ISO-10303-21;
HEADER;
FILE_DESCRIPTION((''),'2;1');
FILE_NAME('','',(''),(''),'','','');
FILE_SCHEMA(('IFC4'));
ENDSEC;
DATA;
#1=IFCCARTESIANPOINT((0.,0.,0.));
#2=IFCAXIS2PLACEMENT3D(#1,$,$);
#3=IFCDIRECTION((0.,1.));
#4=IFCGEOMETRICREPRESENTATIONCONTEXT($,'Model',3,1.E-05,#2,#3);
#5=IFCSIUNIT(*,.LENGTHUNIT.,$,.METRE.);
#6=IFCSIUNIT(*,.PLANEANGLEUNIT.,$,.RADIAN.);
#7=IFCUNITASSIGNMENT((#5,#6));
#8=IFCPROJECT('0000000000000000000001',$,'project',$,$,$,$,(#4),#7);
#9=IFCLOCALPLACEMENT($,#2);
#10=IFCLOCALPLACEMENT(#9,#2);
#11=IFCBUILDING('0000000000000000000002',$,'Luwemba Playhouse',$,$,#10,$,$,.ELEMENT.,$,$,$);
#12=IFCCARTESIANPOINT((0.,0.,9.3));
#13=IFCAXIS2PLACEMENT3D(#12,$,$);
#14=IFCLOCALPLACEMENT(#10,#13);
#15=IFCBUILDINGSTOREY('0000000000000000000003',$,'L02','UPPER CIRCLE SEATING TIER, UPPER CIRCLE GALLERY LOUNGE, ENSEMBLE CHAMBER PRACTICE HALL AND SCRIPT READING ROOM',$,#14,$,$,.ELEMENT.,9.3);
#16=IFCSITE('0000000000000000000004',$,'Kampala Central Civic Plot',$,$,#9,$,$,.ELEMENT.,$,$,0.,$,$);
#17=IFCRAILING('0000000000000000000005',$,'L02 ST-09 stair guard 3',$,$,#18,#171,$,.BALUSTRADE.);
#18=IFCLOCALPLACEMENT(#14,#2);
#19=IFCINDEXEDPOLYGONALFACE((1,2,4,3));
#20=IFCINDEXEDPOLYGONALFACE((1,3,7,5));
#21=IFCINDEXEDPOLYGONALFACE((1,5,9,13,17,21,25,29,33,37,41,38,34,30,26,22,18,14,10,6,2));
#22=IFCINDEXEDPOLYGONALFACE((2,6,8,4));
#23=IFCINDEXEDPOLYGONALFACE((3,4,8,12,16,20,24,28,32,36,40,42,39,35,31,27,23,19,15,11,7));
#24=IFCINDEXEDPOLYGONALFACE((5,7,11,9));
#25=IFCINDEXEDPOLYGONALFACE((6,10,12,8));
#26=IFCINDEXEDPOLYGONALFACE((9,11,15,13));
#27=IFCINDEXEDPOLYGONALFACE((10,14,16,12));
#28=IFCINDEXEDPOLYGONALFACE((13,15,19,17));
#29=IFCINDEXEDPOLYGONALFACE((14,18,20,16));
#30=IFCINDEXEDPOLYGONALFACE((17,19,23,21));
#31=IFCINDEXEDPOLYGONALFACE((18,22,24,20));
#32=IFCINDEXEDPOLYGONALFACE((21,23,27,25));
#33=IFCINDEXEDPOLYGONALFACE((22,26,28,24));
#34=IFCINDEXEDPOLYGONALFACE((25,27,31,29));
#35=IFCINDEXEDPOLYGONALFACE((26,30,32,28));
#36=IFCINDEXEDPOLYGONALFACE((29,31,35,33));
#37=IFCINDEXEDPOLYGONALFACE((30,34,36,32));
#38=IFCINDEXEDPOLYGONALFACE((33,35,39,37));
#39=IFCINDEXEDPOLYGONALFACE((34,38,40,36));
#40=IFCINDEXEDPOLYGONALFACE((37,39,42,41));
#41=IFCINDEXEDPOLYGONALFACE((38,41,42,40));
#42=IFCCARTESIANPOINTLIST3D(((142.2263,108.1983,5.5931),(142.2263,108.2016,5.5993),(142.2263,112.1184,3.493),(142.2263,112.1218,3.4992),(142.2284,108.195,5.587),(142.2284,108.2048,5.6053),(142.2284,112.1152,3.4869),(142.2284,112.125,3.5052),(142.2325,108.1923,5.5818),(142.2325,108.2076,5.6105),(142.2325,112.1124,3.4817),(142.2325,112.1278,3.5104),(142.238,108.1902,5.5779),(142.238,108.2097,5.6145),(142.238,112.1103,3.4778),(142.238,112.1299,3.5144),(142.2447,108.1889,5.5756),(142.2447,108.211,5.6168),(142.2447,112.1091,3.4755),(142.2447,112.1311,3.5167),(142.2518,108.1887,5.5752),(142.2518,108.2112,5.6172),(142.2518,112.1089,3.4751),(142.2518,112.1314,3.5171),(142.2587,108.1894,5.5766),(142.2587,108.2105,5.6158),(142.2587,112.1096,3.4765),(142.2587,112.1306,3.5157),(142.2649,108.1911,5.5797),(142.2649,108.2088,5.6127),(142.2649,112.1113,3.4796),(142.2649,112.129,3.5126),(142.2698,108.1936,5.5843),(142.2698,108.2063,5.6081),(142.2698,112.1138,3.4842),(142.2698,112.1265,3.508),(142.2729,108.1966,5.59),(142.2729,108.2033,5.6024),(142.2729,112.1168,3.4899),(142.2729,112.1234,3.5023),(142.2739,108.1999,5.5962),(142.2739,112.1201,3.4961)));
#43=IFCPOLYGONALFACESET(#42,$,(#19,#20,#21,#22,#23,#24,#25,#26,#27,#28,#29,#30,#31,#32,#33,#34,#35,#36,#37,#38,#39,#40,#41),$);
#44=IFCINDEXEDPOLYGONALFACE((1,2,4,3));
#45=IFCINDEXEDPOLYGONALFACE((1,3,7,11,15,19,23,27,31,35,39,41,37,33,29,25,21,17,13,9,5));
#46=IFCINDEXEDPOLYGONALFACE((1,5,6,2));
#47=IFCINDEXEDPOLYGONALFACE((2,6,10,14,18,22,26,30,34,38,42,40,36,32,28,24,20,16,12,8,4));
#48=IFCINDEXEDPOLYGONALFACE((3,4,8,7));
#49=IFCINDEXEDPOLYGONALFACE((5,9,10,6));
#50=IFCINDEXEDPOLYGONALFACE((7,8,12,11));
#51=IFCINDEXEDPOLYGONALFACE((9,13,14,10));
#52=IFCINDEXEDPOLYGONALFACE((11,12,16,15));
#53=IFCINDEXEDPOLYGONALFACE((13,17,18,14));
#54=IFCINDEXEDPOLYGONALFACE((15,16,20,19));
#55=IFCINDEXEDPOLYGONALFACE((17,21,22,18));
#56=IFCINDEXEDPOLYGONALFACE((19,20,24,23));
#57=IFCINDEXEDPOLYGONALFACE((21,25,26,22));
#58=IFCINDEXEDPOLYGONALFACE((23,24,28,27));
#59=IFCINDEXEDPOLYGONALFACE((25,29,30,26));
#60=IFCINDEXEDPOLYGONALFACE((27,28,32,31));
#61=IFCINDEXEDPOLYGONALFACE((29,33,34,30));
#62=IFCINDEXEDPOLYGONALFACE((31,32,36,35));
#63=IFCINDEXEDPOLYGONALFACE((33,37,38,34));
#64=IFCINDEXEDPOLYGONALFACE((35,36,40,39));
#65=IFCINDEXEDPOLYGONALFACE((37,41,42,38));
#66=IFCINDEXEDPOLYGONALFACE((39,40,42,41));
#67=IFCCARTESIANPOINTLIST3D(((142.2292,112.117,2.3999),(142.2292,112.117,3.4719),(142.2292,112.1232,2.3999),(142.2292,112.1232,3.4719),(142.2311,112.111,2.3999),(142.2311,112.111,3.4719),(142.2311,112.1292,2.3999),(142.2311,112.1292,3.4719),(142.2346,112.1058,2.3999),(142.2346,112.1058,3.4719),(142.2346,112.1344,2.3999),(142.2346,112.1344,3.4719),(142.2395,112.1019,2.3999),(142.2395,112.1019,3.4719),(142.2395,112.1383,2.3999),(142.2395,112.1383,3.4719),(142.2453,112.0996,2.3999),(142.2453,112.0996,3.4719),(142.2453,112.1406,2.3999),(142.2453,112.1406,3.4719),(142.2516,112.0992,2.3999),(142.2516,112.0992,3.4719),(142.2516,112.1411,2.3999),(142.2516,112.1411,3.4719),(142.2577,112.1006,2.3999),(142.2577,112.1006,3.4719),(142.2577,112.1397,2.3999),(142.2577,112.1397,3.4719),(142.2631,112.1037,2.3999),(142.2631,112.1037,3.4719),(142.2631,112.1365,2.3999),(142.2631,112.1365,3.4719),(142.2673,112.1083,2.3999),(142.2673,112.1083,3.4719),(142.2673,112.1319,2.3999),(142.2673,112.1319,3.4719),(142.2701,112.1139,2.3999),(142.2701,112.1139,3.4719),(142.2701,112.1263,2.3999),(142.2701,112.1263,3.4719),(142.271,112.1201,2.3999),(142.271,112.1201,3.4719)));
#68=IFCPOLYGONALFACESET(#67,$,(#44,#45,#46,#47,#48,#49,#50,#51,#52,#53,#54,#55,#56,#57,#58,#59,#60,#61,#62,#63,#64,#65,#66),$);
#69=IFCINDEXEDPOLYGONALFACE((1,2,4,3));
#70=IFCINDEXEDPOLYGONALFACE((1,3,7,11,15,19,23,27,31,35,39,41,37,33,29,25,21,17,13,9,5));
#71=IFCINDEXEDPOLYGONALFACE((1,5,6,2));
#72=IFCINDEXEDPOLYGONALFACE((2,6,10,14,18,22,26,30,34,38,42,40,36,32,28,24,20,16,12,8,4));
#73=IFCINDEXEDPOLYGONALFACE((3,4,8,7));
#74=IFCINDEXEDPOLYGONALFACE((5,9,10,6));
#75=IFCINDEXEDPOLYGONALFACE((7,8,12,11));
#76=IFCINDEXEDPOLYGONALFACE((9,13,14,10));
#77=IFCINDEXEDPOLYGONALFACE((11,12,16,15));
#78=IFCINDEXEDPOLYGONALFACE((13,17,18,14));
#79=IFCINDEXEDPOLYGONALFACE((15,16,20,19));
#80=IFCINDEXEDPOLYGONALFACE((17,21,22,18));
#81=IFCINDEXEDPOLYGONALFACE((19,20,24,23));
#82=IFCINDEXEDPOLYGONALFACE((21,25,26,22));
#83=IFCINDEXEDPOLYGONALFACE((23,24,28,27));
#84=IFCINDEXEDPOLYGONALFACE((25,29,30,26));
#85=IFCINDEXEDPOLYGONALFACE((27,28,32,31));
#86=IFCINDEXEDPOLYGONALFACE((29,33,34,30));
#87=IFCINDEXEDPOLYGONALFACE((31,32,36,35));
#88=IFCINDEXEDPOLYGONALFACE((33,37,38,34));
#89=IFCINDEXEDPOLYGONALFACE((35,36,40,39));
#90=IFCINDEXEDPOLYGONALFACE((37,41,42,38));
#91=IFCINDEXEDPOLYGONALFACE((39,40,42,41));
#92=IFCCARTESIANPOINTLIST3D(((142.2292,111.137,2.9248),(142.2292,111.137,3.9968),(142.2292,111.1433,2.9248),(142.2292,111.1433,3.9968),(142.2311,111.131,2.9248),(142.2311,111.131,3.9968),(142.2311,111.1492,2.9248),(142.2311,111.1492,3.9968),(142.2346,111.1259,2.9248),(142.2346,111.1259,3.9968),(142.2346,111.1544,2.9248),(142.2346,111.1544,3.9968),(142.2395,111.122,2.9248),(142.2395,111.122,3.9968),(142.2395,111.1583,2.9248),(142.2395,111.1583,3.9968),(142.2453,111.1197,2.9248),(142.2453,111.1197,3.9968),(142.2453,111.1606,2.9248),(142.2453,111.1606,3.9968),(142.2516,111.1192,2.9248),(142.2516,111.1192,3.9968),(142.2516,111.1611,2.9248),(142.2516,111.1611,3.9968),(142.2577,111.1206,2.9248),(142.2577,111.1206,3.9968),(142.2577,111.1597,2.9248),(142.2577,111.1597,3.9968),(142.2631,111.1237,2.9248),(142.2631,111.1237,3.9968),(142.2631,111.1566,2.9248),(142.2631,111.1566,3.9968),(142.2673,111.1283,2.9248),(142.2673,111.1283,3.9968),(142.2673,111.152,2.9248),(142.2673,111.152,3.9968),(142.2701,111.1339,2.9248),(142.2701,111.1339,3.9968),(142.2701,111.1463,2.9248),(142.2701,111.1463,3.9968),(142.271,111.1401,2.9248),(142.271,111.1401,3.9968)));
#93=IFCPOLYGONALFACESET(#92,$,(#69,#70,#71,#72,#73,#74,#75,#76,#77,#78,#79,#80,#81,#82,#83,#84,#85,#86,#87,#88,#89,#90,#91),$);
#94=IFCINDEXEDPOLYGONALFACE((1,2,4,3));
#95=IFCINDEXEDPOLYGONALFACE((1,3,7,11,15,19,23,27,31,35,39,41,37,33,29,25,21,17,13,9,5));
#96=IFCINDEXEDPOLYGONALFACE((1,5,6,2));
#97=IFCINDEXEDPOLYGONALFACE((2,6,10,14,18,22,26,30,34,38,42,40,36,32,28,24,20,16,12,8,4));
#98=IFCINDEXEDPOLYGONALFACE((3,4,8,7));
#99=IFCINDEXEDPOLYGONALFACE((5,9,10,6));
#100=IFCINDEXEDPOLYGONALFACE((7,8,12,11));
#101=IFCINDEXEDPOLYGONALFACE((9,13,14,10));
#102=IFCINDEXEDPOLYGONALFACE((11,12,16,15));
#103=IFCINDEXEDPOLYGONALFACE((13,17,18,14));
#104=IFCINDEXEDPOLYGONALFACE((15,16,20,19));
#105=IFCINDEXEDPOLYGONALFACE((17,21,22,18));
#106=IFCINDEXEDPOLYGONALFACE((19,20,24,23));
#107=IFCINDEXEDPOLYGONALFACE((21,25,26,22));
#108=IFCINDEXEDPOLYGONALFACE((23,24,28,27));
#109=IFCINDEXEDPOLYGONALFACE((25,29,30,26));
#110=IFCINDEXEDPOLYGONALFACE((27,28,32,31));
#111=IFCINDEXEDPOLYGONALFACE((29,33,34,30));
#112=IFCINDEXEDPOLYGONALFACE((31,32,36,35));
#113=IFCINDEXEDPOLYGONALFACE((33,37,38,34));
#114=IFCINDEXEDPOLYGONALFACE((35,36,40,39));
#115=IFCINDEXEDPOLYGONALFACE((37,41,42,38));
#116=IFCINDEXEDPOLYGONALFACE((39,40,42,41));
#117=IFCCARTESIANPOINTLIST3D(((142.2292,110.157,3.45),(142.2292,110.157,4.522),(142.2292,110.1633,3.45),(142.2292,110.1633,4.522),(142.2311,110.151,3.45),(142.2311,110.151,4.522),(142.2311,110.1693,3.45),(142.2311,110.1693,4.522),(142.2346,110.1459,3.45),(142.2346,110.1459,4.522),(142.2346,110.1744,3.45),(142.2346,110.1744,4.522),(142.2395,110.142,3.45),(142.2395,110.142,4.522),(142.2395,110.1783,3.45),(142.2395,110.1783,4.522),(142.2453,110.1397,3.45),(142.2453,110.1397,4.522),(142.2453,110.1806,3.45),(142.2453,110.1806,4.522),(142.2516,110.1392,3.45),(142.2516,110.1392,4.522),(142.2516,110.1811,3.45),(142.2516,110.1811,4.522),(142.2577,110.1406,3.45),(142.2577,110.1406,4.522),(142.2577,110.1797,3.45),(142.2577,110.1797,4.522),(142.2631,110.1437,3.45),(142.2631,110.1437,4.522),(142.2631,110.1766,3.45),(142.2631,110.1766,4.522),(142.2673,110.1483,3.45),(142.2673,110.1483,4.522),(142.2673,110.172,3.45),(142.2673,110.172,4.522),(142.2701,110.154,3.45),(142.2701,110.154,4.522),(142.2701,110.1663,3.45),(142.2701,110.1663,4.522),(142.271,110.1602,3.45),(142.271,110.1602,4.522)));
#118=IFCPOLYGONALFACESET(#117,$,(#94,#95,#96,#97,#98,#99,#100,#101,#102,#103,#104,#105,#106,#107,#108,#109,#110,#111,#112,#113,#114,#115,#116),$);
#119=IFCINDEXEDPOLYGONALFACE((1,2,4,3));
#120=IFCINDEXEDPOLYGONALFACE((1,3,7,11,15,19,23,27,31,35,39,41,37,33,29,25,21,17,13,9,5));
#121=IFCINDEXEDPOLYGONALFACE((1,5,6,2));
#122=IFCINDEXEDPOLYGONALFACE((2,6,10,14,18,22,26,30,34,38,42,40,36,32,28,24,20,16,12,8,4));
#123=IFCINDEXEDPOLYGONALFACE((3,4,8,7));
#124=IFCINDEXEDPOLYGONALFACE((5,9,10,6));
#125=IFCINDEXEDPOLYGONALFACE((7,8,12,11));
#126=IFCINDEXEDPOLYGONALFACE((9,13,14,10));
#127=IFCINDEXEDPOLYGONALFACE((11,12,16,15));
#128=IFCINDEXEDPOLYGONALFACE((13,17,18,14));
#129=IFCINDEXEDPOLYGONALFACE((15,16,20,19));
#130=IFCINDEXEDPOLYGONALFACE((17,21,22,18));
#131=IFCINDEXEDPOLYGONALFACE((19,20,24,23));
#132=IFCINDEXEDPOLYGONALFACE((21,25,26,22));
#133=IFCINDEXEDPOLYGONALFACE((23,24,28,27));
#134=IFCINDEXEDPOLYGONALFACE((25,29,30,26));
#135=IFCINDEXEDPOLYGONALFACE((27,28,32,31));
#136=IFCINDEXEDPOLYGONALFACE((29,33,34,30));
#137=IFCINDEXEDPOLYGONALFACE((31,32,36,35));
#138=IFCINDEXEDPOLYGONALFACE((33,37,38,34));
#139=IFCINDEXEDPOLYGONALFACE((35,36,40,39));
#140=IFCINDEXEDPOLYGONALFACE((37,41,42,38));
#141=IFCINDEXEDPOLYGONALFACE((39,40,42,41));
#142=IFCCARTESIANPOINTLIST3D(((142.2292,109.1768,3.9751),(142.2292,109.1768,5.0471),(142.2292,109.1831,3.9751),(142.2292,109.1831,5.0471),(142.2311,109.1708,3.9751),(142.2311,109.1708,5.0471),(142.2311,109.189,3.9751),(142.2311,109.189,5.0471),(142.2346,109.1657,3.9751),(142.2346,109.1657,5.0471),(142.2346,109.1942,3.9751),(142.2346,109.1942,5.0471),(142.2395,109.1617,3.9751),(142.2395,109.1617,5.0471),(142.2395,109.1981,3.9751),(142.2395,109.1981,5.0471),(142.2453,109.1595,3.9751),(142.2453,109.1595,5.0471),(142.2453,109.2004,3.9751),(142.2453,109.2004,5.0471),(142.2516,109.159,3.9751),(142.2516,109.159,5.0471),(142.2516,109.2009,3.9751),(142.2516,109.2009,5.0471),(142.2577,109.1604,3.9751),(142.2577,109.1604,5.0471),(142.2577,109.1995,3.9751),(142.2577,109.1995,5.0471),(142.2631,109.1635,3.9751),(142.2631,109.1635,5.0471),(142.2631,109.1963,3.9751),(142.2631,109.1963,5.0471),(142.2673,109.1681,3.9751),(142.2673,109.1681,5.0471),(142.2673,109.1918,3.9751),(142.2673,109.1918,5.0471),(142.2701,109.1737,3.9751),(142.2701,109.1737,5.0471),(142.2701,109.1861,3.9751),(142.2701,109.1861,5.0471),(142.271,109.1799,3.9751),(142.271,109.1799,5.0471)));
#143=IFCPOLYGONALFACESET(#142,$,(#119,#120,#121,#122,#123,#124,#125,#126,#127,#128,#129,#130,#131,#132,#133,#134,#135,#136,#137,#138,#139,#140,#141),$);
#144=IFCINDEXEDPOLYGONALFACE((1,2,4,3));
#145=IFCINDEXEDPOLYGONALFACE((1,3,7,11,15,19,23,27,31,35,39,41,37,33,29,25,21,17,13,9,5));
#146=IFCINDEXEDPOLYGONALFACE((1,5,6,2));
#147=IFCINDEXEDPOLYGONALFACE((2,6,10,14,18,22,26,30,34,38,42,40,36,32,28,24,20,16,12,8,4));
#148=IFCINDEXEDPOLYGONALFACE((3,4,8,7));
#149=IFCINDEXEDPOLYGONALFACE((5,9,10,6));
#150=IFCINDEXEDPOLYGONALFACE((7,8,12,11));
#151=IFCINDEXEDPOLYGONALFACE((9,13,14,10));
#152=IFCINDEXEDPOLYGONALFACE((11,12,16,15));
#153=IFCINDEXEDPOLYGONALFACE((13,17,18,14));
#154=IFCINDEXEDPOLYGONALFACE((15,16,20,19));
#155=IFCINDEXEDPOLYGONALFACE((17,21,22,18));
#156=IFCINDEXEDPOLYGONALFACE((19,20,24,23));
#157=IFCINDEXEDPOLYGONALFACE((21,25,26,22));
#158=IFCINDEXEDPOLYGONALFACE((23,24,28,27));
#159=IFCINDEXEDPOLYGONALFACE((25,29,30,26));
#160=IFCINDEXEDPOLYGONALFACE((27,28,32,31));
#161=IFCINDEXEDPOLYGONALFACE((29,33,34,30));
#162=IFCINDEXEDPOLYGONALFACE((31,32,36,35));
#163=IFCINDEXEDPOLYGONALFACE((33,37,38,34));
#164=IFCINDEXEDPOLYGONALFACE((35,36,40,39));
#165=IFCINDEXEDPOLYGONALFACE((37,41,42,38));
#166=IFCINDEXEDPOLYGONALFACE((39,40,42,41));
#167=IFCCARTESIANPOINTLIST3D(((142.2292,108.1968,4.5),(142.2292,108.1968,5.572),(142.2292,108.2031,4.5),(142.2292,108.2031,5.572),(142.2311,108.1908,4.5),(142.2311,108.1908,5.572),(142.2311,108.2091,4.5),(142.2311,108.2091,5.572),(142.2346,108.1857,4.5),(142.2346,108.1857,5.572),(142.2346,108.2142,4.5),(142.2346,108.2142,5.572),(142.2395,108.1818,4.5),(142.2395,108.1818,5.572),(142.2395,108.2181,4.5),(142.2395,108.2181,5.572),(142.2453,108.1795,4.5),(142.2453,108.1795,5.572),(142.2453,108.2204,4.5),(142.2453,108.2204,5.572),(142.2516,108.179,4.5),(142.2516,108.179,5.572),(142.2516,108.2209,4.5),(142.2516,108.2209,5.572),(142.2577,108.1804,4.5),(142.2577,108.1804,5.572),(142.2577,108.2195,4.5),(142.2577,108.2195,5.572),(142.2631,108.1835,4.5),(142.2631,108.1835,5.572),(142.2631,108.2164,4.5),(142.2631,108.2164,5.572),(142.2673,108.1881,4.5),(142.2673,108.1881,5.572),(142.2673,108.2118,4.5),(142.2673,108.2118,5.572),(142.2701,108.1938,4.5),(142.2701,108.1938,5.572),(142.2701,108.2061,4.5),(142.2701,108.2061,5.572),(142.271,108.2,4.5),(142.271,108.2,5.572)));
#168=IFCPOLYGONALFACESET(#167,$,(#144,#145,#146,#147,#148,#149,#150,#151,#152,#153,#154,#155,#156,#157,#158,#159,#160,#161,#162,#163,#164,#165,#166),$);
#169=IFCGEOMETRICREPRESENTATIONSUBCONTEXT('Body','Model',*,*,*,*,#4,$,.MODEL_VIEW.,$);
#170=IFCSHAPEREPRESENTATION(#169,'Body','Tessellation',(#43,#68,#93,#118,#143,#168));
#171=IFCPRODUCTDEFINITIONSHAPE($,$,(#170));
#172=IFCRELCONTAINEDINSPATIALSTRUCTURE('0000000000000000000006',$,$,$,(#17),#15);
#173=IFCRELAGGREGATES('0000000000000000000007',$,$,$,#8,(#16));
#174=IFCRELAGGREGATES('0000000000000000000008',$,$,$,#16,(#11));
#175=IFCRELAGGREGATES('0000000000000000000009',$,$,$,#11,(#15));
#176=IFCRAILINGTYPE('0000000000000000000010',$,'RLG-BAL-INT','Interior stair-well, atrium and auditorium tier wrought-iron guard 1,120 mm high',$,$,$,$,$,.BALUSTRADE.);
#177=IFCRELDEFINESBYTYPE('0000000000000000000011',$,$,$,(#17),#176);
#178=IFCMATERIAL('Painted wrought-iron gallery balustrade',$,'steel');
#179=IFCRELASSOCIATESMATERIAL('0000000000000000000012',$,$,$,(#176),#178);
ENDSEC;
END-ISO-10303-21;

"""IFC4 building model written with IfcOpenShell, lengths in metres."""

from ifc_helpers import new_model, si_unit, direction, frame, origin, origin_2d, place, context, subcontext, project, spatial, circle, extrude, material, type_object, element, save


model = new_model("IFC4")

# Units and contexts
model_context = context("Model", 3, precision=1e-05, world=origin(), true_north=direction((0.0, 1.0)))
body_context = subcontext(model_context, "Body", "Model", "MODEL_VIEW")
ifc_project = project(units=[si_unit("LENGTHUNIT", "METRE"), si_unit("PLANEANGLEUNIT", "RADIAN")], contexts=[model_context])

# Site, building, storey
site_placement = place(None, origin())
site = spatial("IfcSite", under=ifc_project, at=site_placement, Name="Kampala Central Civic Plot", CompositionType="ELEMENT", RefElevation=0.0)
building_placement = place(site_placement, origin())
building = spatial("IfcBuilding", under=site, at=building_placement, Name="Luwemba Playhouse", CompositionType="ELEMENT")
storey_placement = place(building_placement, frame((0.0, 0.0, 9.3)))
storey = spatial("IfcBuildingStorey", under=building, at=storey_placement, Name="L02", Description="UPPER CIRCLE SEATING TIER, UPPER CIRCLE GALLERY LOUNGE, ENSEMBLE CHAMBER PRACTICE HALL AND SCRIPT READING ROOM", CompositionType="ELEMENT", Elevation=9.3)

# Railing
ifc_material_1 = material(Name="Painted wrought-iron gallery balustrade", Category="steel")
railing_type_1 = type_object("IfcRailingType", Name="RLG-BAL-INT", Description="Interior stair-well, atrium and auditorium tier wrought-iron guard 1,120 mm high", PredefinedType="BALUSTRADE", material=ifc_material_1)
railing_1_placement = place(storey_placement, frame((142.25, 112.1201, 2.3999)))
element("IfcRailing", 1, at=railing_1_placement, inside=storey, type_object=railing_type_1, Name="L02 ST-09 stair guard 3", PredefinedType="BALUSTRADE", context=body_context, shape_type="SweptSolid", body=[
    extrude(circle(Radius=0.0239, at=origin_2d()), frame((0.0, 0.0, 1.0962), z_axis=(0.0, -0.881479, 0.472223), x_axis=(1.0, 0.0, 0.0)), (0.0, 0.0, 1.0), 4.4473),
    extrude(circle(Radius=0.021, at=origin_2d()), origin(), (0.0, 0.0, 1.0), 1.072),
    extrude(circle(Radius=0.021, at=origin_2d()), frame((0.0, -0.98, 0.5249)), (0.0, 0.0, 1.0), 1.072),
    extrude(circle(Radius=0.021, at=origin_2d()), frame((0.0, -1.96, 1.05)), (0.0, 0.0, 1.0), 1.072),
    extrude(circle(Radius=0.021, at=origin_2d()), frame((0.0, -2.9402, 1.5752)), (0.0, 0.0, 1.0), 1.072),
    extrude(circle(Radius=0.021, at=origin_2d()), frame((0.0, -3.9202, 2.1001)), (0.0, 0.0, 1.0), 1.072),
])

save(model, "model.ifc")
